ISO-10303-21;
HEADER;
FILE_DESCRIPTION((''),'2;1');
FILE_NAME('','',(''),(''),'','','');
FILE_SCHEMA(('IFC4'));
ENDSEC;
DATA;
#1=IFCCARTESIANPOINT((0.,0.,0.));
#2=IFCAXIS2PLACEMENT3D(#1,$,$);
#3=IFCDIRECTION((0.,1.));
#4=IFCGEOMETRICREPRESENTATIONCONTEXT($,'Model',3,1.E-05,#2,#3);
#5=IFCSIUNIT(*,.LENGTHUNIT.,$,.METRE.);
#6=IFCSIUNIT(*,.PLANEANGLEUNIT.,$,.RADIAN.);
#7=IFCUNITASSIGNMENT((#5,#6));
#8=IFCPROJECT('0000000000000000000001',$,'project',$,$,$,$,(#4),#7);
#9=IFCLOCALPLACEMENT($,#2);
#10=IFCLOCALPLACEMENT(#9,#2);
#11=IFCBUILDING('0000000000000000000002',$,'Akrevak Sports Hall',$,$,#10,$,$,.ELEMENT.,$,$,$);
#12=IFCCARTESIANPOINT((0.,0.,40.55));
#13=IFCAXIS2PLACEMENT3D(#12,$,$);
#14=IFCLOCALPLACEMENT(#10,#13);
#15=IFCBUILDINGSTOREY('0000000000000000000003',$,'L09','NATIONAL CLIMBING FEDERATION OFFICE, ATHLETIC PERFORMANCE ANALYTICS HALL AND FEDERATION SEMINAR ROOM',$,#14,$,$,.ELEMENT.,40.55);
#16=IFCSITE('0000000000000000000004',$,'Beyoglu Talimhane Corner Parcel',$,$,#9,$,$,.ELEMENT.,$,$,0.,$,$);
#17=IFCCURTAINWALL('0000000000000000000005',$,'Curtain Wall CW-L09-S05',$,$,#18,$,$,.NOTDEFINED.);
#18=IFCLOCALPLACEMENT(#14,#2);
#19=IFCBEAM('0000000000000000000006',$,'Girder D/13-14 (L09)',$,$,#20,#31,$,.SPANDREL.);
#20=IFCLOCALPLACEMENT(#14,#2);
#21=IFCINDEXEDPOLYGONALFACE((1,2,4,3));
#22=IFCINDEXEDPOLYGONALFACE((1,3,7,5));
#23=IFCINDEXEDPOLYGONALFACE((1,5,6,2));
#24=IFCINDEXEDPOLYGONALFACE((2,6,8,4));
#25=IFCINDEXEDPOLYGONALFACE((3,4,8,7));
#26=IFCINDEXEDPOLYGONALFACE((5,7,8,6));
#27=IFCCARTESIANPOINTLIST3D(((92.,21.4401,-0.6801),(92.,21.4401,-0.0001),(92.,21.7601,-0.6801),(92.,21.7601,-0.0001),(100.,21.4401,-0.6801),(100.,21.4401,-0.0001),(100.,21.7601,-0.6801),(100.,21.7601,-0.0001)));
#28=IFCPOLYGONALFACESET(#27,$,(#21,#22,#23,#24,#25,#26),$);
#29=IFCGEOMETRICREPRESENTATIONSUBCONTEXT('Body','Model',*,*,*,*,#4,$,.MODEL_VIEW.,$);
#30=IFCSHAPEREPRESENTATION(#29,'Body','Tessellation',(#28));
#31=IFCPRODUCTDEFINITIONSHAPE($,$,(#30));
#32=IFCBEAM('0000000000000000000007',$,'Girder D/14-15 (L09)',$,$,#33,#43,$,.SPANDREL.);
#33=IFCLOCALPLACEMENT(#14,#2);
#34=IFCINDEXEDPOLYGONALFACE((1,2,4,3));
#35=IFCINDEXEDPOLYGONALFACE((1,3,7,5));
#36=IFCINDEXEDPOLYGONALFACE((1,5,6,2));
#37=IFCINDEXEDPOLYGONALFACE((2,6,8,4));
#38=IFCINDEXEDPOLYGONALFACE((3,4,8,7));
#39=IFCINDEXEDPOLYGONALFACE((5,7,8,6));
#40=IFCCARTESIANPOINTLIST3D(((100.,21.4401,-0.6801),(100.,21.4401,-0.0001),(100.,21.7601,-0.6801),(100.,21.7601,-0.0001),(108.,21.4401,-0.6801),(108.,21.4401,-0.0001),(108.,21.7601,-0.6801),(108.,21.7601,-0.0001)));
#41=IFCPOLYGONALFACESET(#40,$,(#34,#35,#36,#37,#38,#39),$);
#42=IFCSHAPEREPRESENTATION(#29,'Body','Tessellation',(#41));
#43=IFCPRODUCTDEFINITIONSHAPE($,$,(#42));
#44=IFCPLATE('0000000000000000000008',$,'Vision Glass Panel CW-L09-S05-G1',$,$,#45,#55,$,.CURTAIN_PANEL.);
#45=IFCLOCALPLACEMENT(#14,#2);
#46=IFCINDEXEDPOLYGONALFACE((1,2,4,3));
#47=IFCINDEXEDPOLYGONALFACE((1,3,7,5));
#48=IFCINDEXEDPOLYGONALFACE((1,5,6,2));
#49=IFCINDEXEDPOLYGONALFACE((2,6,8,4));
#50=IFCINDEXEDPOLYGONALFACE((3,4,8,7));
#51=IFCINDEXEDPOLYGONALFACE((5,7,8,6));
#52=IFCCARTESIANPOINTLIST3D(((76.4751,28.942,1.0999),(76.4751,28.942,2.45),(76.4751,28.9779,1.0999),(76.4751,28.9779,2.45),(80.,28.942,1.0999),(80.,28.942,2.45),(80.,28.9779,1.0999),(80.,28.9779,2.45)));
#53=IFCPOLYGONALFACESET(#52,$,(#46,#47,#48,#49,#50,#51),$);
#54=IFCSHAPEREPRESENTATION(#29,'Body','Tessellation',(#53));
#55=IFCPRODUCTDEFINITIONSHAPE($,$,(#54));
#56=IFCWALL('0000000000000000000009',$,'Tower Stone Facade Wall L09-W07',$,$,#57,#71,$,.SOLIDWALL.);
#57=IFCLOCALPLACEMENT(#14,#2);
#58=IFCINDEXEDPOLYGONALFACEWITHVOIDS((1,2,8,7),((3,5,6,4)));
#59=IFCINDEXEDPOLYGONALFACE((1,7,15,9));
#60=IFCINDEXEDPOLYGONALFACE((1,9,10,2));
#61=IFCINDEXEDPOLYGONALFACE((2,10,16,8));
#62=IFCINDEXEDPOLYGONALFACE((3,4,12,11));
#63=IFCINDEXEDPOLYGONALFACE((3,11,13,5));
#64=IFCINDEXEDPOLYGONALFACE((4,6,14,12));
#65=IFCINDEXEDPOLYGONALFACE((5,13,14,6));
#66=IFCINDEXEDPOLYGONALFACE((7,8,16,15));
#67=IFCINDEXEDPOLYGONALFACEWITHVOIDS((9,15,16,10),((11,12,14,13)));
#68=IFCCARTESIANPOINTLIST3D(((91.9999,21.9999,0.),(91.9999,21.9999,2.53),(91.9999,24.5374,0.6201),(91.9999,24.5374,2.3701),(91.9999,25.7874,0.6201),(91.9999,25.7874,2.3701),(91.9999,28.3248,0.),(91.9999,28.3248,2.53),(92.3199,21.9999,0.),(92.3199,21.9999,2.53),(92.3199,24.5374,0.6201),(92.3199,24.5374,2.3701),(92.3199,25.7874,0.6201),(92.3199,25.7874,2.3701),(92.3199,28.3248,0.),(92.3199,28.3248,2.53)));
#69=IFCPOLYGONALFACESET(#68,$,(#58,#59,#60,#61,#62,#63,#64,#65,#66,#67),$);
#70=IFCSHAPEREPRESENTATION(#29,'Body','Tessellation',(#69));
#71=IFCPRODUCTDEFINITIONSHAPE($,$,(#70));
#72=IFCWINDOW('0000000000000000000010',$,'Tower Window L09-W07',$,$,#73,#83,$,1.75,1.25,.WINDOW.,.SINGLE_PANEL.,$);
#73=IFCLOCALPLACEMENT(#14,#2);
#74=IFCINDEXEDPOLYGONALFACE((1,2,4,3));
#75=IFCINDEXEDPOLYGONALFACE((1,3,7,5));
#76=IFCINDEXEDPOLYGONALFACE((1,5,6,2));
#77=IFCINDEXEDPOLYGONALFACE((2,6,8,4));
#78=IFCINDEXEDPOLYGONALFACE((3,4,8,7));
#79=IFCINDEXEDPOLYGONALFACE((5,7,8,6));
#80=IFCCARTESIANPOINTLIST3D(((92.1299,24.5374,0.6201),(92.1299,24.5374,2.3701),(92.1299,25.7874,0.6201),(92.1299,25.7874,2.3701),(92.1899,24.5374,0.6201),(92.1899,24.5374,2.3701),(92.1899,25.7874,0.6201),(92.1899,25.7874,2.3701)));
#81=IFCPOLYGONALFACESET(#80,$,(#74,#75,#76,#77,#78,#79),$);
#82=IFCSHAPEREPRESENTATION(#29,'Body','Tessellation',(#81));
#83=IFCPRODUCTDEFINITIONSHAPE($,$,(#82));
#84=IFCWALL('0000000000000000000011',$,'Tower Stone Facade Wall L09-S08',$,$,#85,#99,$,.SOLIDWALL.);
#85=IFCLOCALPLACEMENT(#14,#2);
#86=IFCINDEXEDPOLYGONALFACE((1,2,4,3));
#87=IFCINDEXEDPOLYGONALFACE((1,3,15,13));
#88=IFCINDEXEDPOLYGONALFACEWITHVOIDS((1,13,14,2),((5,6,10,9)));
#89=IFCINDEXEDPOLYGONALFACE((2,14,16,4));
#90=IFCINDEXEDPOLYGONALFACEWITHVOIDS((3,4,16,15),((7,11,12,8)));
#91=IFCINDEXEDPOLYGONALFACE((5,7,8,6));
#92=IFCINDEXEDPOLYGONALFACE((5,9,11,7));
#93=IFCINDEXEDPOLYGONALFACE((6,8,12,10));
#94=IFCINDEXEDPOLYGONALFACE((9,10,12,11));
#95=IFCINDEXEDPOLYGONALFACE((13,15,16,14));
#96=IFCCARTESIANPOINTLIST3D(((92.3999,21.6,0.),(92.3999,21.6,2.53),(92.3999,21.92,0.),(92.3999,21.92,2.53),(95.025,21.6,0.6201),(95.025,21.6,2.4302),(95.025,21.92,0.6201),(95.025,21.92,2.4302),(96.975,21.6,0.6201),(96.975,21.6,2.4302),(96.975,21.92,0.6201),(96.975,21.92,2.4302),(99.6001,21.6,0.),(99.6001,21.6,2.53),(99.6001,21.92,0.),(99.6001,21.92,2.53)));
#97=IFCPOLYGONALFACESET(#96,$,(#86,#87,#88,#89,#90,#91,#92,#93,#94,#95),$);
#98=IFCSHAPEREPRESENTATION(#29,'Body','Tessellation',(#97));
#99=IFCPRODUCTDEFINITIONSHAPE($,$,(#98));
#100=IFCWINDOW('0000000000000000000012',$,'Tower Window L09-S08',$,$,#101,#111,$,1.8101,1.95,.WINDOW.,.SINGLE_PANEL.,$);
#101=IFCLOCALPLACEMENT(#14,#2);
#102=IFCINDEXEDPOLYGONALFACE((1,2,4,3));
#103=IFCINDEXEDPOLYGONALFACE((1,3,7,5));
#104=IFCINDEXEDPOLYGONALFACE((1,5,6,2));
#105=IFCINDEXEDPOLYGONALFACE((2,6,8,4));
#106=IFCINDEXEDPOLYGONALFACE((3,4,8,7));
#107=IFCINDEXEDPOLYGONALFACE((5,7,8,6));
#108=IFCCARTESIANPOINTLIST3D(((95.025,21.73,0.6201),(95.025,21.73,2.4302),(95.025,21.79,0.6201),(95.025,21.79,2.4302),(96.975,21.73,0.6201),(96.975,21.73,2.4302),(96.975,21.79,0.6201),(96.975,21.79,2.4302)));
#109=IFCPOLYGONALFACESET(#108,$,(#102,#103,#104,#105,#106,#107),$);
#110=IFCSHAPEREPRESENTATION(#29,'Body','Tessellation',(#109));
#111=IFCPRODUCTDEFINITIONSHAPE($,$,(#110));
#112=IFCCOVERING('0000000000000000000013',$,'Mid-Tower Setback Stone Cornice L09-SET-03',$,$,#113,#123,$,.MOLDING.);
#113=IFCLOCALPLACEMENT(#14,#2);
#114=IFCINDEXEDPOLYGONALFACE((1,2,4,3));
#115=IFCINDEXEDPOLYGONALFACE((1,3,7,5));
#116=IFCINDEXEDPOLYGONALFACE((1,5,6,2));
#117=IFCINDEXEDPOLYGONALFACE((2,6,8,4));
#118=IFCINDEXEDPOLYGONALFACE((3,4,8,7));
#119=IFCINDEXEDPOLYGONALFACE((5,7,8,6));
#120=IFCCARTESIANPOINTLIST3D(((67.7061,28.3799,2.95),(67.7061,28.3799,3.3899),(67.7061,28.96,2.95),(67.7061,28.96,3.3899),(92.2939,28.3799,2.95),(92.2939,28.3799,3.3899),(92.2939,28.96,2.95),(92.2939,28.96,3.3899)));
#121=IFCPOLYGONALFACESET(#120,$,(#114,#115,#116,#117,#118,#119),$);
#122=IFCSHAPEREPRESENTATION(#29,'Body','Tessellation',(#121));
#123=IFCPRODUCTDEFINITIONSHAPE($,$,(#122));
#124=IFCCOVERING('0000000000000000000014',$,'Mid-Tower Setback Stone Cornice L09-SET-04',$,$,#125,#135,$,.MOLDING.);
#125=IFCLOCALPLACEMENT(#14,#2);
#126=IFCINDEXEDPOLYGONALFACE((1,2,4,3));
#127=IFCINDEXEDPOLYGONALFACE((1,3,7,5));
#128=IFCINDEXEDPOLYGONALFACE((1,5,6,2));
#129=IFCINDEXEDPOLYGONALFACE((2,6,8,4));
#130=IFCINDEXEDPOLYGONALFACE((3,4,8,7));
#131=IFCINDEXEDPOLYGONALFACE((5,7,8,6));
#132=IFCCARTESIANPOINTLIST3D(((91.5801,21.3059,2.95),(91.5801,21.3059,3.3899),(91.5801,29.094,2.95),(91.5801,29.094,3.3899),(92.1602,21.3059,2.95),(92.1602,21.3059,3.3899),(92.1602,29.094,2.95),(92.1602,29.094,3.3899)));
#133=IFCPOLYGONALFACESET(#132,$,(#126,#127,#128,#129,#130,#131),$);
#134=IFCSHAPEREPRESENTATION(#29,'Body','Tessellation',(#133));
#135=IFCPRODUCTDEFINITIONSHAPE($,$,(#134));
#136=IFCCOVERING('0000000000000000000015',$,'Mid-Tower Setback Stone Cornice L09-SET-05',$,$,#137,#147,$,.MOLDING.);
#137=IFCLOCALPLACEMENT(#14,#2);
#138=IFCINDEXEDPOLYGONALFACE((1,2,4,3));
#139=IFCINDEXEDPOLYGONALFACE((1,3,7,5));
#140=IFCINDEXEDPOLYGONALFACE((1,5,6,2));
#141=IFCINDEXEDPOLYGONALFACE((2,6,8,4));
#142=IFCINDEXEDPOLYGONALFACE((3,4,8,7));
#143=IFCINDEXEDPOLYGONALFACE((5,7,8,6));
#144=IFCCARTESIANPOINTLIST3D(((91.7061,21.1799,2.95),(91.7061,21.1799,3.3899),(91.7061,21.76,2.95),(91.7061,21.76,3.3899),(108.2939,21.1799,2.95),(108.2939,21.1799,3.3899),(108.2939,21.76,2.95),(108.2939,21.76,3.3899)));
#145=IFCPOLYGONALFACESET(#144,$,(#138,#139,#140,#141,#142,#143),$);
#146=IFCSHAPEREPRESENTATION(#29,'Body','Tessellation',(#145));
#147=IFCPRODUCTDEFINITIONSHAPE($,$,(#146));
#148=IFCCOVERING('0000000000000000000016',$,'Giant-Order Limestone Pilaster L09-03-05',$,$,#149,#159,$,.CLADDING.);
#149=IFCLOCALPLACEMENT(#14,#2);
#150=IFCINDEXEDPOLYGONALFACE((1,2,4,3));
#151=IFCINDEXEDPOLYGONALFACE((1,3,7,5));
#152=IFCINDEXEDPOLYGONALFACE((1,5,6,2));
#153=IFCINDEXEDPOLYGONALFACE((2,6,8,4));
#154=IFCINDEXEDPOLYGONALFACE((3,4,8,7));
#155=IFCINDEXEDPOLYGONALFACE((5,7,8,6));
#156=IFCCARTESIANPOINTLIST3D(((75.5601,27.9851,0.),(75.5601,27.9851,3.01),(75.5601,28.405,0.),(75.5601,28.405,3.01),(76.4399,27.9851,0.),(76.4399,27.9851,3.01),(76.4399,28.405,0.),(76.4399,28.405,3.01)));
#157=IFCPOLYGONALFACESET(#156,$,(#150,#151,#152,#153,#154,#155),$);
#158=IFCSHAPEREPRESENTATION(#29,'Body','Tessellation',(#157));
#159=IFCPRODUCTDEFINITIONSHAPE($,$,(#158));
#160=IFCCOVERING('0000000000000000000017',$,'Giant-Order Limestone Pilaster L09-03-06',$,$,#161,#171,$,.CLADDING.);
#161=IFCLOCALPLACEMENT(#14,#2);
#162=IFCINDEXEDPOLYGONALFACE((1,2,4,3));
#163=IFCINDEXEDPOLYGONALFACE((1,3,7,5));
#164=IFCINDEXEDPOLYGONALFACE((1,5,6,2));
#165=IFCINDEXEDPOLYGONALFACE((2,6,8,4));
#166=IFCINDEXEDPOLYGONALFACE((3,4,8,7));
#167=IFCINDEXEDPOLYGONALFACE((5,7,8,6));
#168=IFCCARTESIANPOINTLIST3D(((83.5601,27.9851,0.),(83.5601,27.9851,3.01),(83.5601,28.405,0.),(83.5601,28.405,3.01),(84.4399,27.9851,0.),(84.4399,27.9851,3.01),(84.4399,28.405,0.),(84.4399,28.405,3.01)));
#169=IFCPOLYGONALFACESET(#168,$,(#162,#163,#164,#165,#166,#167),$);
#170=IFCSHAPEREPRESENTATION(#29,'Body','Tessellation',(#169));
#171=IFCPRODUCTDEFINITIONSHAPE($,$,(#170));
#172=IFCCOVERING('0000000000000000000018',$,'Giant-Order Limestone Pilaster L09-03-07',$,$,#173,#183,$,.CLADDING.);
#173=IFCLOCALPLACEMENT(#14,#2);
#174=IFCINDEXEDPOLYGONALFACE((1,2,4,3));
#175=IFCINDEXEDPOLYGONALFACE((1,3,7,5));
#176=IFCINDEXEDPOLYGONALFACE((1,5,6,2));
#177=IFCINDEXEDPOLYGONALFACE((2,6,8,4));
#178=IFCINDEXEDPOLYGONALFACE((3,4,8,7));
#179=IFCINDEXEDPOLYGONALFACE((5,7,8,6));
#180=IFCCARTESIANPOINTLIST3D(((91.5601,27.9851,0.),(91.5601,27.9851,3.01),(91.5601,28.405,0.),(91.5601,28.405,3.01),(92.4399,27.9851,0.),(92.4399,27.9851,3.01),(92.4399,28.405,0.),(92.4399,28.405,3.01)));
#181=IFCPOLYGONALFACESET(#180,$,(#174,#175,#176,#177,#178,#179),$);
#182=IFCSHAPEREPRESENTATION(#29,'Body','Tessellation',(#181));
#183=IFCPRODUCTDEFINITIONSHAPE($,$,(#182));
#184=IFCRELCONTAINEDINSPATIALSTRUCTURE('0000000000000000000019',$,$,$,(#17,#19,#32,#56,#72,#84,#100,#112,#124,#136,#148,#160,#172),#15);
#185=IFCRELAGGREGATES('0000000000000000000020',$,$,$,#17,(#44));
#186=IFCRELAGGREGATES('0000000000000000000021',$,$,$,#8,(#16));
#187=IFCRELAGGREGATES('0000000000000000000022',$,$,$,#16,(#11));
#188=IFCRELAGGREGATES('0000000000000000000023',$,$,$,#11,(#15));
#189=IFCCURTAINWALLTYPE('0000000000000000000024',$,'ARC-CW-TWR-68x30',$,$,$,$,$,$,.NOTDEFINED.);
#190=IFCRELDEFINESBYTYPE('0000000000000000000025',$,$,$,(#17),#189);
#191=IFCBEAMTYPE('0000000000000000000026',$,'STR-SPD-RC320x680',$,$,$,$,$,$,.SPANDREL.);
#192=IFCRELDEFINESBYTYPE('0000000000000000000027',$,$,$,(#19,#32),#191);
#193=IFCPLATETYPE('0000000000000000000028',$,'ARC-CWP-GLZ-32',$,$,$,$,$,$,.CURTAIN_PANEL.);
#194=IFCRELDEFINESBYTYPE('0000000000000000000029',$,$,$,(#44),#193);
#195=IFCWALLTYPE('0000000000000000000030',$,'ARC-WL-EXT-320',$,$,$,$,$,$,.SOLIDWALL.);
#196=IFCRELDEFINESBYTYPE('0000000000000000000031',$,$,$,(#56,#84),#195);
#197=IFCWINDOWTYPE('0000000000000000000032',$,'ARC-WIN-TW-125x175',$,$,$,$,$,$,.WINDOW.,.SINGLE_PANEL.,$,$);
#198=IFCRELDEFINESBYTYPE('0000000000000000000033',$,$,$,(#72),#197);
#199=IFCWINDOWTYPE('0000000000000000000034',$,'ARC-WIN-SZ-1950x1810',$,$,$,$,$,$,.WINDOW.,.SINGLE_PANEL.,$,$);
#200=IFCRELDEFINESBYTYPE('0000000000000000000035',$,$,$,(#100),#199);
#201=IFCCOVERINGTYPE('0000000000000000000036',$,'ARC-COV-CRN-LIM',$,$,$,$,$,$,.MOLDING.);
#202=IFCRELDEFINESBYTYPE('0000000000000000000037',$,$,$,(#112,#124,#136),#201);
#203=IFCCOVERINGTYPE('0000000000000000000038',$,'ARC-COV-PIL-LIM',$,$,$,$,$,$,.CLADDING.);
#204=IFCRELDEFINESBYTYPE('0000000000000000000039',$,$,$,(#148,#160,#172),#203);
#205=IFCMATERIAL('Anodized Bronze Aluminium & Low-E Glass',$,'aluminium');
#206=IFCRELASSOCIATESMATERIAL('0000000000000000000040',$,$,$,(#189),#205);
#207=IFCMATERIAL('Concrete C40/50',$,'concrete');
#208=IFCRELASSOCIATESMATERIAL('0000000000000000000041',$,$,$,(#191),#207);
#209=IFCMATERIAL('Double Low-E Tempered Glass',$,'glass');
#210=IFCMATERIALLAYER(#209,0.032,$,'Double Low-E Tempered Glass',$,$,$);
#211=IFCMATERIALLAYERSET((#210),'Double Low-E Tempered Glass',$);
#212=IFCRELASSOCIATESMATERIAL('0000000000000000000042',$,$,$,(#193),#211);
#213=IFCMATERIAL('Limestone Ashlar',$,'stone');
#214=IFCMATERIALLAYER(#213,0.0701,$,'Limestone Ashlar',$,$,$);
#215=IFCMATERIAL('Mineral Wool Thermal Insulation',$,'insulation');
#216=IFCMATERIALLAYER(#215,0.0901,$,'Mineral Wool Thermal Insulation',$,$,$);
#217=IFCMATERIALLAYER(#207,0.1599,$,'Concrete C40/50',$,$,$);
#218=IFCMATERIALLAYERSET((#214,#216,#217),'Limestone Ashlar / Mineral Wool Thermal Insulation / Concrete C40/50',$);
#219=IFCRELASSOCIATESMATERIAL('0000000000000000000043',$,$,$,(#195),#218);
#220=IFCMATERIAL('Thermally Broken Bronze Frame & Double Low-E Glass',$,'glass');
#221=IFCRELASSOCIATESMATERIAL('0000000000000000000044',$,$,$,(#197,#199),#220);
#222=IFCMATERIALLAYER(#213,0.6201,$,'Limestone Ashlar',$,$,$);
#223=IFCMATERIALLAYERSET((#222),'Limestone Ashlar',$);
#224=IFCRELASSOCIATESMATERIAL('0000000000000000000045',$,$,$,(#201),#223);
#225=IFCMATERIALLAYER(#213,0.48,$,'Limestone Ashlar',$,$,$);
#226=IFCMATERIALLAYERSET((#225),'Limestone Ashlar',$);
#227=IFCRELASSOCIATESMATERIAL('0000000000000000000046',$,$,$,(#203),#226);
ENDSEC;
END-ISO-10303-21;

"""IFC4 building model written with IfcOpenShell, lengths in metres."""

from ifc_helpers import new_model, si_unit, direction, frame, frame_2d, origin, origin_2d, place, context, subcontext, project, spatial, rectangle, extrude, material, layer, layer_set, material_profile, profile_set, type_object, element, fill, aggregate, save


model = new_model("IFC4")

# Units and contexts
model_context = context("Model", 3, precision=1e-05, world=origin(), true_north=direction((0.0, 1.0)))
body_context = subcontext(model_context, "Body", "Model", "MODEL_VIEW")
ifc_project = project(units=[si_unit("LENGTHUNIT", "METRE"), si_unit("PLANEANGLEUNIT", "RADIAN")], contexts=[model_context])

# Site, building, storey
site_placement = place(None, origin())
site = spatial("IfcSite", under=ifc_project, at=site_placement, Name="Beyoglu Talimhane Corner Parcel", CompositionType="ELEMENT", RefElevation=0.0)
building_placement = place(site_placement, origin())
building = spatial("IfcBuilding", under=site, at=building_placement, Name="Akrevak Sports Hall", CompositionType="ELEMENT")
storey_placement = place(building_placement, frame((0.0, 0.0, 40.55)))
storey = spatial("IfcBuildingStorey", under=building, at=storey_placement, Name="L09", Description="NATIONAL CLIMBING FEDERATION OFFICE, ATHLETIC PERFORMANCE ANALYTICS HALL AND FEDERATION SEMINAR ROOM", CompositionType="ELEMENT", Elevation=40.55)

# Shared definitions
ifc_material_1 = material(Name="Concrete C40/50", Category="concrete")

# Curtain wall
ifc_material_2 = material(Name="Anodized Bronze Aluminium & Low-E Glass", Category="aluminium")
curtain_wall_type = type_object("IfcCurtainWallType", Name="ARC-CW-TWR-68x30", PredefinedType="NOTDEFINED", material=ifc_material_2)
curtain_wall_placement = place(storey_placement, origin())
curtain_wall = element("IfcCurtainWall", 1, at=curtain_wall_placement, inside=storey, type_object=curtain_wall_type, Name="Curtain Wall CW-L09-S05", PredefinedType="NOTDEFINED")

# Beams
ifc_material_profile_1 = material_profile(ifc_material_1, rectangle(XDim=0.3201, YDim=0.6799, at=origin_2d()), Name="SPD 320x680", Category="concrete")
ifc_profile_set_1 = profile_set([ifc_material_profile_1], Name="Concrete C40/50")
beam_type_1 = type_object("IfcBeamType", Name="STR-SPD-RC320x680", PredefinedType="SPANDREL", material=ifc_profile_set_1)
for number, where, z_axis, x_axis, name in (
    (2, (92.0, 21.6001, -0.3401), (1.0, 0.0, 0.0), (0.0, 1.0, 0.0), "Girder D/13-14 (L09)"),
    (3, (100.0, 21.6001, -0.3401), (1.0, 0.0, 0.0), (0.0, 1.0, 0.0), "Girder D/14-15 (L09)"),
):
    element("IfcBeam", number, at=place(storey_placement, frame(where, z_axis=z_axis, x_axis=x_axis)), inside=storey, type_object=beam_type_1, Name=name, PredefinedType="SPANDREL", context=body_context, shape_type="SweptSolid", body=[
        extrude(rectangle(XDim=0.3201, YDim=0.6799, at=origin_2d()), origin(), (0.0, 0.0, 1.0), 8.0),
    ])

# Plate
ifc_material_3 = material(Name="Double Low-E Tempered Glass", Category="glass")
ifc_layer_1 = layer(ifc_material_3, 0.032, Name="Double Low-E Tempered Glass")
ifc_layer_set_1 = layer_set([ifc_layer_1], Name="Double Low-E Tempered Glass")
plate_type = type_object("IfcPlateType", Name="ARC-CWP-GLZ-32", PredefinedType="CURTAIN_PANEL", material=ifc_layer_set_1)
plate_placement = place(storey_placement, frame((78.2375, 28.96, 1.0999), z_axis=(0.0, 0.0, 1.0), x_axis=(1.0, 0.0, 0.0)))
plate = element("IfcPlate", 4, at=plate_placement, type_object=plate_type, Name="Vision Glass Panel CW-L09-S05-G1", PredefinedType="CURTAIN_PANEL", context=body_context, shape_type="SweptSolid", body=[
    extrude(rectangle(XDim=3.5249, YDim=0.0359, at=origin_2d()), origin(), (0.0, 0.0, 1.0), 1.3501),
])
aggregate(curtain_wall, [plate])

# Walls, openings, windows
ifc_material_4 = material(Name="Limestone Ashlar", Category="stone")
ifc_layer_2 = layer(ifc_material_4, 0.0701, Name="Limestone Ashlar")
ifc_material_5 = material(Name="Mineral Wool Thermal Insulation", Category="insulation")
ifc_layer_3 = layer(ifc_material_5, 0.0901, Name="Mineral Wool Thermal Insulation")
ifc_layer_4 = layer(ifc_material_1, 0.1599, Name="Concrete C40/50")
ifc_layer_set_2 = layer_set([ifc_layer_2, ifc_layer_3, ifc_layer_4], Name="Limestone Ashlar / Mineral Wool Thermal Insulation / Concrete C40/50")
wall_type = type_object("IfcWallType", Name="ARC-WL-EXT-320", PredefinedType="SOLIDWALL", material=ifc_layer_set_2)
wall_1_placement = place(storey_placement, frame((92.1599, 28.325, 0.0), z_axis=(0.0, 0.0, 1.0), x_axis=(0.0, -1.0, 0.0)))
wall_1 = element("IfcWall", 5, at=wall_1_placement, inside=storey, type_object=wall_type, Name="Tower Stone Facade Wall L09-W07", PredefinedType="SOLIDWALL", context=body_context, shape_type="SweptSolid", body=[
    extrude(rectangle(XDim=6.325, YDim=0.3201, at=frame_2d((3.1626, 0.0))), origin(), (0.0, 0.0, 1.0), 2.53),
])
opening_1_placement = place(wall_1_placement, frame((2.5376, 0.0, 0.6201)))
opening_1 = element("IfcOpeningElement", 6, at=opening_1_placement, cuts=wall_1, PredefinedType="OPENING", context=body_context, shape_type="SweptSolid", body=[
    extrude(rectangle(XDim=1.25, YDim=1.75, at=frame_2d((0.625, 0.875))), frame((0.0, 0.1719, 0.0), z_axis=(0.0, -1.0, 0.0), x_axis=(1.0, 0.0, 0.0)), (0.0, 0.0, 1.0), 0.344),
])
ifc_material_6 = material(Name="Thermally Broken Bronze Frame & Double Low-E Glass", Category="glass")
window_type_1 = type_object("IfcWindowType", Name="ARC-WIN-TW-125x175", PartitioningType="SINGLE_PANEL", PredefinedType="WINDOW", material=ifc_material_6)
window_1_placement = place(opening_1_placement, origin())
window_1 = element("IfcWindow", 7, at=window_1_placement, inside=storey, type_object=window_type_1, Name="Tower Window L09-W07", OverallHeight=1.75, OverallWidth=1.25, PartitioningType="SINGLE_PANEL", PredefinedType="WINDOW", context=body_context, shape_type="SweptSolid", body=[
    extrude(rectangle(XDim=1.25, YDim=1.75, at=frame_2d((0.625, 0.875))), frame((0.0, 0.03, 0.0), z_axis=(0.0, -1.0, 0.0), x_axis=(1.0, 0.0, 0.0)), (0.0, 0.0, 1.0), 0.0601),
])
fill(opening_1, window_1)
wall_2_placement = place(storey_placement, frame((92.3999, 21.76, 0.0), z_axis=(0.0, 0.0, 1.0), x_axis=(1.0, 0.0, 0.0)))
wall_2 = element("IfcWall", 8, at=wall_2_placement, inside=storey, type_object=wall_type, Name="Tower Stone Facade Wall L09-S08", PredefinedType="SOLIDWALL", context=body_context, shape_type="SweptSolid", body=[
    extrude(rectangle(XDim=7.2002, YDim=0.3201, at=frame_2d((3.6001, 0.0))), origin(), (0.0, 0.0, 1.0), 2.53),
])
opening_2_placement = place(wall_2_placement, frame((2.625, 0.0, 0.6201)))
opening_2 = element("IfcOpeningElement", 9, at=opening_2_placement, cuts=wall_2, PredefinedType="OPENING", context=body_context, shape_type="SweptSolid", body=[
    extrude(rectangle(XDim=1.95, YDim=1.8101, at=frame_2d((0.9751, 0.905))), frame((0.0, 0.1719, 0.0), z_axis=(0.0, -1.0, 0.0), x_axis=(1.0, 0.0, 0.0)), (0.0, 0.0, 1.0), 0.344),
])
window_type_2 = type_object("IfcWindowType", Name="ARC-WIN-SZ-1950x1810", PartitioningType="SINGLE_PANEL", PredefinedType="WINDOW", material=ifc_material_6)
window_2_placement = place(opening_2_placement, origin())
window_2 = element("IfcWindow", 10, at=window_2_placement, inside=storey, type_object=window_type_2, Name="Tower Window L09-S08", OverallHeight=1.8101, OverallWidth=1.95, PartitioningType="SINGLE_PANEL", PredefinedType="WINDOW", context=body_context, shape_type="SweptSolid", body=[
    extrude(rectangle(XDim=1.95, YDim=1.8101, at=frame_2d((0.9751, 0.905))), frame((0.0, 0.03, 0.0), z_axis=(0.0, -1.0, 0.0), x_axis=(1.0, 0.0, 0.0)), (0.0, 0.0, 1.0), 0.0601),
])
fill(opening_2, window_2)

# Coverings
ifc_layer_5 = layer(ifc_material_4, 0.6201, Name="Limestone Ashlar")
ifc_layer_set_3 = layer_set([ifc_layer_5], Name="Limestone Ashlar")
covering_type_1 = type_object("IfcCoveringType", Name="ARC-COV-CRN-LIM", PredefinedType="MOLDING", material=ifc_layer_set_3)
covering_1_placement = place(storey_placement, frame((80.0, 28.6699, 2.95), z_axis=(0.0, 0.0, 1.0), x_axis=(1.0, 0.0, 0.0)))
element("IfcCovering", 11, at=covering_1_placement, inside=storey, type_object=covering_type_1, Name="Mid-Tower Setback Stone Cornice L09-SET-03", PredefinedType="MOLDING", context=body_context, shape_type="SweptSolid", body=[
    extrude(rectangle(XDim=24.5879, YDim=0.5801, at=origin_2d()), origin(), (0.0, 0.0, 1.0), 0.4399),
])
covering_2_placement = place(storey_placement, frame((91.8701, 25.2, 2.95), z_axis=(0.0, 0.0, 1.0), x_axis=(0.0, -1.0, 0.0)))
element("IfcCovering", 12, at=covering_2_placement, inside=storey, type_object=covering_type_1, Name="Mid-Tower Setback Stone Cornice L09-SET-04", PredefinedType="MOLDING", context=body_context, shape_type="SweptSolid", body=[
    extrude(rectangle(XDim=7.7881, YDim=0.5801, at=origin_2d()), origin(), (0.0, 0.0, 1.0), 0.4399),
])
covering_3_placement = place(storey_placement, frame((100.0, 21.47, 2.95), z_axis=(0.0, 0.0, 1.0), x_axis=(1.0, 0.0, 0.0)))
element("IfcCovering", 13, at=covering_3_placement, inside=storey, type_object=covering_type_1, Name="Mid-Tower Setback Stone Cornice L09-SET-05", PredefinedType="MOLDING", context=body_context, shape_type="SweptSolid", body=[
    extrude(rectangle(XDim=16.5879, YDim=0.5801, at=origin_2d()), origin(), (0.0, 0.0, 1.0), 0.4399),
])
ifc_layer_6 = layer(ifc_material_4, 0.48, Name="Limestone Ashlar")
ifc_layer_set_4 = layer_set([ifc_layer_6], Name="Limestone Ashlar")
covering_type_2 = type_object("IfcCoveringType", Name="ARC-COV-PIL-LIM", PredefinedType="CLADDING", material=ifc_layer_set_4)
for number, where, z_axis, x_axis, name in (
    (14, (76.0, 28.1951, 0.0), (0.0, 0.0, 1.0), (1.0, 0.0, 0.0), "Giant-Order Limestone Pilaster L09-03-05"),
    (15, (84.0, 28.1951, 0.0), (0.0, 0.0, 1.0), (1.0, 0.0, 0.0), "Giant-Order Limestone Pilaster L09-03-06"),
    (16, (92.0, 28.1951, 0.0), (0.0, 0.0, 1.0), (1.0, 0.0, 0.0), "Giant-Order Limestone Pilaster L09-03-07"),
):
    element("IfcCovering", number, at=place(storey_placement, frame(where, z_axis=z_axis, x_axis=x_axis)), inside=storey, type_object=covering_type_2, Name=name, PredefinedType="CLADDING", context=body_context, shape_type="SweptSolid", body=[
        extrude(rectangle(XDim=0.8799, YDim=0.4199, at=origin_2d()), origin(), (0.0, 0.0, 1.0), 3.01),
    ])

save(model, "model.ifc")
